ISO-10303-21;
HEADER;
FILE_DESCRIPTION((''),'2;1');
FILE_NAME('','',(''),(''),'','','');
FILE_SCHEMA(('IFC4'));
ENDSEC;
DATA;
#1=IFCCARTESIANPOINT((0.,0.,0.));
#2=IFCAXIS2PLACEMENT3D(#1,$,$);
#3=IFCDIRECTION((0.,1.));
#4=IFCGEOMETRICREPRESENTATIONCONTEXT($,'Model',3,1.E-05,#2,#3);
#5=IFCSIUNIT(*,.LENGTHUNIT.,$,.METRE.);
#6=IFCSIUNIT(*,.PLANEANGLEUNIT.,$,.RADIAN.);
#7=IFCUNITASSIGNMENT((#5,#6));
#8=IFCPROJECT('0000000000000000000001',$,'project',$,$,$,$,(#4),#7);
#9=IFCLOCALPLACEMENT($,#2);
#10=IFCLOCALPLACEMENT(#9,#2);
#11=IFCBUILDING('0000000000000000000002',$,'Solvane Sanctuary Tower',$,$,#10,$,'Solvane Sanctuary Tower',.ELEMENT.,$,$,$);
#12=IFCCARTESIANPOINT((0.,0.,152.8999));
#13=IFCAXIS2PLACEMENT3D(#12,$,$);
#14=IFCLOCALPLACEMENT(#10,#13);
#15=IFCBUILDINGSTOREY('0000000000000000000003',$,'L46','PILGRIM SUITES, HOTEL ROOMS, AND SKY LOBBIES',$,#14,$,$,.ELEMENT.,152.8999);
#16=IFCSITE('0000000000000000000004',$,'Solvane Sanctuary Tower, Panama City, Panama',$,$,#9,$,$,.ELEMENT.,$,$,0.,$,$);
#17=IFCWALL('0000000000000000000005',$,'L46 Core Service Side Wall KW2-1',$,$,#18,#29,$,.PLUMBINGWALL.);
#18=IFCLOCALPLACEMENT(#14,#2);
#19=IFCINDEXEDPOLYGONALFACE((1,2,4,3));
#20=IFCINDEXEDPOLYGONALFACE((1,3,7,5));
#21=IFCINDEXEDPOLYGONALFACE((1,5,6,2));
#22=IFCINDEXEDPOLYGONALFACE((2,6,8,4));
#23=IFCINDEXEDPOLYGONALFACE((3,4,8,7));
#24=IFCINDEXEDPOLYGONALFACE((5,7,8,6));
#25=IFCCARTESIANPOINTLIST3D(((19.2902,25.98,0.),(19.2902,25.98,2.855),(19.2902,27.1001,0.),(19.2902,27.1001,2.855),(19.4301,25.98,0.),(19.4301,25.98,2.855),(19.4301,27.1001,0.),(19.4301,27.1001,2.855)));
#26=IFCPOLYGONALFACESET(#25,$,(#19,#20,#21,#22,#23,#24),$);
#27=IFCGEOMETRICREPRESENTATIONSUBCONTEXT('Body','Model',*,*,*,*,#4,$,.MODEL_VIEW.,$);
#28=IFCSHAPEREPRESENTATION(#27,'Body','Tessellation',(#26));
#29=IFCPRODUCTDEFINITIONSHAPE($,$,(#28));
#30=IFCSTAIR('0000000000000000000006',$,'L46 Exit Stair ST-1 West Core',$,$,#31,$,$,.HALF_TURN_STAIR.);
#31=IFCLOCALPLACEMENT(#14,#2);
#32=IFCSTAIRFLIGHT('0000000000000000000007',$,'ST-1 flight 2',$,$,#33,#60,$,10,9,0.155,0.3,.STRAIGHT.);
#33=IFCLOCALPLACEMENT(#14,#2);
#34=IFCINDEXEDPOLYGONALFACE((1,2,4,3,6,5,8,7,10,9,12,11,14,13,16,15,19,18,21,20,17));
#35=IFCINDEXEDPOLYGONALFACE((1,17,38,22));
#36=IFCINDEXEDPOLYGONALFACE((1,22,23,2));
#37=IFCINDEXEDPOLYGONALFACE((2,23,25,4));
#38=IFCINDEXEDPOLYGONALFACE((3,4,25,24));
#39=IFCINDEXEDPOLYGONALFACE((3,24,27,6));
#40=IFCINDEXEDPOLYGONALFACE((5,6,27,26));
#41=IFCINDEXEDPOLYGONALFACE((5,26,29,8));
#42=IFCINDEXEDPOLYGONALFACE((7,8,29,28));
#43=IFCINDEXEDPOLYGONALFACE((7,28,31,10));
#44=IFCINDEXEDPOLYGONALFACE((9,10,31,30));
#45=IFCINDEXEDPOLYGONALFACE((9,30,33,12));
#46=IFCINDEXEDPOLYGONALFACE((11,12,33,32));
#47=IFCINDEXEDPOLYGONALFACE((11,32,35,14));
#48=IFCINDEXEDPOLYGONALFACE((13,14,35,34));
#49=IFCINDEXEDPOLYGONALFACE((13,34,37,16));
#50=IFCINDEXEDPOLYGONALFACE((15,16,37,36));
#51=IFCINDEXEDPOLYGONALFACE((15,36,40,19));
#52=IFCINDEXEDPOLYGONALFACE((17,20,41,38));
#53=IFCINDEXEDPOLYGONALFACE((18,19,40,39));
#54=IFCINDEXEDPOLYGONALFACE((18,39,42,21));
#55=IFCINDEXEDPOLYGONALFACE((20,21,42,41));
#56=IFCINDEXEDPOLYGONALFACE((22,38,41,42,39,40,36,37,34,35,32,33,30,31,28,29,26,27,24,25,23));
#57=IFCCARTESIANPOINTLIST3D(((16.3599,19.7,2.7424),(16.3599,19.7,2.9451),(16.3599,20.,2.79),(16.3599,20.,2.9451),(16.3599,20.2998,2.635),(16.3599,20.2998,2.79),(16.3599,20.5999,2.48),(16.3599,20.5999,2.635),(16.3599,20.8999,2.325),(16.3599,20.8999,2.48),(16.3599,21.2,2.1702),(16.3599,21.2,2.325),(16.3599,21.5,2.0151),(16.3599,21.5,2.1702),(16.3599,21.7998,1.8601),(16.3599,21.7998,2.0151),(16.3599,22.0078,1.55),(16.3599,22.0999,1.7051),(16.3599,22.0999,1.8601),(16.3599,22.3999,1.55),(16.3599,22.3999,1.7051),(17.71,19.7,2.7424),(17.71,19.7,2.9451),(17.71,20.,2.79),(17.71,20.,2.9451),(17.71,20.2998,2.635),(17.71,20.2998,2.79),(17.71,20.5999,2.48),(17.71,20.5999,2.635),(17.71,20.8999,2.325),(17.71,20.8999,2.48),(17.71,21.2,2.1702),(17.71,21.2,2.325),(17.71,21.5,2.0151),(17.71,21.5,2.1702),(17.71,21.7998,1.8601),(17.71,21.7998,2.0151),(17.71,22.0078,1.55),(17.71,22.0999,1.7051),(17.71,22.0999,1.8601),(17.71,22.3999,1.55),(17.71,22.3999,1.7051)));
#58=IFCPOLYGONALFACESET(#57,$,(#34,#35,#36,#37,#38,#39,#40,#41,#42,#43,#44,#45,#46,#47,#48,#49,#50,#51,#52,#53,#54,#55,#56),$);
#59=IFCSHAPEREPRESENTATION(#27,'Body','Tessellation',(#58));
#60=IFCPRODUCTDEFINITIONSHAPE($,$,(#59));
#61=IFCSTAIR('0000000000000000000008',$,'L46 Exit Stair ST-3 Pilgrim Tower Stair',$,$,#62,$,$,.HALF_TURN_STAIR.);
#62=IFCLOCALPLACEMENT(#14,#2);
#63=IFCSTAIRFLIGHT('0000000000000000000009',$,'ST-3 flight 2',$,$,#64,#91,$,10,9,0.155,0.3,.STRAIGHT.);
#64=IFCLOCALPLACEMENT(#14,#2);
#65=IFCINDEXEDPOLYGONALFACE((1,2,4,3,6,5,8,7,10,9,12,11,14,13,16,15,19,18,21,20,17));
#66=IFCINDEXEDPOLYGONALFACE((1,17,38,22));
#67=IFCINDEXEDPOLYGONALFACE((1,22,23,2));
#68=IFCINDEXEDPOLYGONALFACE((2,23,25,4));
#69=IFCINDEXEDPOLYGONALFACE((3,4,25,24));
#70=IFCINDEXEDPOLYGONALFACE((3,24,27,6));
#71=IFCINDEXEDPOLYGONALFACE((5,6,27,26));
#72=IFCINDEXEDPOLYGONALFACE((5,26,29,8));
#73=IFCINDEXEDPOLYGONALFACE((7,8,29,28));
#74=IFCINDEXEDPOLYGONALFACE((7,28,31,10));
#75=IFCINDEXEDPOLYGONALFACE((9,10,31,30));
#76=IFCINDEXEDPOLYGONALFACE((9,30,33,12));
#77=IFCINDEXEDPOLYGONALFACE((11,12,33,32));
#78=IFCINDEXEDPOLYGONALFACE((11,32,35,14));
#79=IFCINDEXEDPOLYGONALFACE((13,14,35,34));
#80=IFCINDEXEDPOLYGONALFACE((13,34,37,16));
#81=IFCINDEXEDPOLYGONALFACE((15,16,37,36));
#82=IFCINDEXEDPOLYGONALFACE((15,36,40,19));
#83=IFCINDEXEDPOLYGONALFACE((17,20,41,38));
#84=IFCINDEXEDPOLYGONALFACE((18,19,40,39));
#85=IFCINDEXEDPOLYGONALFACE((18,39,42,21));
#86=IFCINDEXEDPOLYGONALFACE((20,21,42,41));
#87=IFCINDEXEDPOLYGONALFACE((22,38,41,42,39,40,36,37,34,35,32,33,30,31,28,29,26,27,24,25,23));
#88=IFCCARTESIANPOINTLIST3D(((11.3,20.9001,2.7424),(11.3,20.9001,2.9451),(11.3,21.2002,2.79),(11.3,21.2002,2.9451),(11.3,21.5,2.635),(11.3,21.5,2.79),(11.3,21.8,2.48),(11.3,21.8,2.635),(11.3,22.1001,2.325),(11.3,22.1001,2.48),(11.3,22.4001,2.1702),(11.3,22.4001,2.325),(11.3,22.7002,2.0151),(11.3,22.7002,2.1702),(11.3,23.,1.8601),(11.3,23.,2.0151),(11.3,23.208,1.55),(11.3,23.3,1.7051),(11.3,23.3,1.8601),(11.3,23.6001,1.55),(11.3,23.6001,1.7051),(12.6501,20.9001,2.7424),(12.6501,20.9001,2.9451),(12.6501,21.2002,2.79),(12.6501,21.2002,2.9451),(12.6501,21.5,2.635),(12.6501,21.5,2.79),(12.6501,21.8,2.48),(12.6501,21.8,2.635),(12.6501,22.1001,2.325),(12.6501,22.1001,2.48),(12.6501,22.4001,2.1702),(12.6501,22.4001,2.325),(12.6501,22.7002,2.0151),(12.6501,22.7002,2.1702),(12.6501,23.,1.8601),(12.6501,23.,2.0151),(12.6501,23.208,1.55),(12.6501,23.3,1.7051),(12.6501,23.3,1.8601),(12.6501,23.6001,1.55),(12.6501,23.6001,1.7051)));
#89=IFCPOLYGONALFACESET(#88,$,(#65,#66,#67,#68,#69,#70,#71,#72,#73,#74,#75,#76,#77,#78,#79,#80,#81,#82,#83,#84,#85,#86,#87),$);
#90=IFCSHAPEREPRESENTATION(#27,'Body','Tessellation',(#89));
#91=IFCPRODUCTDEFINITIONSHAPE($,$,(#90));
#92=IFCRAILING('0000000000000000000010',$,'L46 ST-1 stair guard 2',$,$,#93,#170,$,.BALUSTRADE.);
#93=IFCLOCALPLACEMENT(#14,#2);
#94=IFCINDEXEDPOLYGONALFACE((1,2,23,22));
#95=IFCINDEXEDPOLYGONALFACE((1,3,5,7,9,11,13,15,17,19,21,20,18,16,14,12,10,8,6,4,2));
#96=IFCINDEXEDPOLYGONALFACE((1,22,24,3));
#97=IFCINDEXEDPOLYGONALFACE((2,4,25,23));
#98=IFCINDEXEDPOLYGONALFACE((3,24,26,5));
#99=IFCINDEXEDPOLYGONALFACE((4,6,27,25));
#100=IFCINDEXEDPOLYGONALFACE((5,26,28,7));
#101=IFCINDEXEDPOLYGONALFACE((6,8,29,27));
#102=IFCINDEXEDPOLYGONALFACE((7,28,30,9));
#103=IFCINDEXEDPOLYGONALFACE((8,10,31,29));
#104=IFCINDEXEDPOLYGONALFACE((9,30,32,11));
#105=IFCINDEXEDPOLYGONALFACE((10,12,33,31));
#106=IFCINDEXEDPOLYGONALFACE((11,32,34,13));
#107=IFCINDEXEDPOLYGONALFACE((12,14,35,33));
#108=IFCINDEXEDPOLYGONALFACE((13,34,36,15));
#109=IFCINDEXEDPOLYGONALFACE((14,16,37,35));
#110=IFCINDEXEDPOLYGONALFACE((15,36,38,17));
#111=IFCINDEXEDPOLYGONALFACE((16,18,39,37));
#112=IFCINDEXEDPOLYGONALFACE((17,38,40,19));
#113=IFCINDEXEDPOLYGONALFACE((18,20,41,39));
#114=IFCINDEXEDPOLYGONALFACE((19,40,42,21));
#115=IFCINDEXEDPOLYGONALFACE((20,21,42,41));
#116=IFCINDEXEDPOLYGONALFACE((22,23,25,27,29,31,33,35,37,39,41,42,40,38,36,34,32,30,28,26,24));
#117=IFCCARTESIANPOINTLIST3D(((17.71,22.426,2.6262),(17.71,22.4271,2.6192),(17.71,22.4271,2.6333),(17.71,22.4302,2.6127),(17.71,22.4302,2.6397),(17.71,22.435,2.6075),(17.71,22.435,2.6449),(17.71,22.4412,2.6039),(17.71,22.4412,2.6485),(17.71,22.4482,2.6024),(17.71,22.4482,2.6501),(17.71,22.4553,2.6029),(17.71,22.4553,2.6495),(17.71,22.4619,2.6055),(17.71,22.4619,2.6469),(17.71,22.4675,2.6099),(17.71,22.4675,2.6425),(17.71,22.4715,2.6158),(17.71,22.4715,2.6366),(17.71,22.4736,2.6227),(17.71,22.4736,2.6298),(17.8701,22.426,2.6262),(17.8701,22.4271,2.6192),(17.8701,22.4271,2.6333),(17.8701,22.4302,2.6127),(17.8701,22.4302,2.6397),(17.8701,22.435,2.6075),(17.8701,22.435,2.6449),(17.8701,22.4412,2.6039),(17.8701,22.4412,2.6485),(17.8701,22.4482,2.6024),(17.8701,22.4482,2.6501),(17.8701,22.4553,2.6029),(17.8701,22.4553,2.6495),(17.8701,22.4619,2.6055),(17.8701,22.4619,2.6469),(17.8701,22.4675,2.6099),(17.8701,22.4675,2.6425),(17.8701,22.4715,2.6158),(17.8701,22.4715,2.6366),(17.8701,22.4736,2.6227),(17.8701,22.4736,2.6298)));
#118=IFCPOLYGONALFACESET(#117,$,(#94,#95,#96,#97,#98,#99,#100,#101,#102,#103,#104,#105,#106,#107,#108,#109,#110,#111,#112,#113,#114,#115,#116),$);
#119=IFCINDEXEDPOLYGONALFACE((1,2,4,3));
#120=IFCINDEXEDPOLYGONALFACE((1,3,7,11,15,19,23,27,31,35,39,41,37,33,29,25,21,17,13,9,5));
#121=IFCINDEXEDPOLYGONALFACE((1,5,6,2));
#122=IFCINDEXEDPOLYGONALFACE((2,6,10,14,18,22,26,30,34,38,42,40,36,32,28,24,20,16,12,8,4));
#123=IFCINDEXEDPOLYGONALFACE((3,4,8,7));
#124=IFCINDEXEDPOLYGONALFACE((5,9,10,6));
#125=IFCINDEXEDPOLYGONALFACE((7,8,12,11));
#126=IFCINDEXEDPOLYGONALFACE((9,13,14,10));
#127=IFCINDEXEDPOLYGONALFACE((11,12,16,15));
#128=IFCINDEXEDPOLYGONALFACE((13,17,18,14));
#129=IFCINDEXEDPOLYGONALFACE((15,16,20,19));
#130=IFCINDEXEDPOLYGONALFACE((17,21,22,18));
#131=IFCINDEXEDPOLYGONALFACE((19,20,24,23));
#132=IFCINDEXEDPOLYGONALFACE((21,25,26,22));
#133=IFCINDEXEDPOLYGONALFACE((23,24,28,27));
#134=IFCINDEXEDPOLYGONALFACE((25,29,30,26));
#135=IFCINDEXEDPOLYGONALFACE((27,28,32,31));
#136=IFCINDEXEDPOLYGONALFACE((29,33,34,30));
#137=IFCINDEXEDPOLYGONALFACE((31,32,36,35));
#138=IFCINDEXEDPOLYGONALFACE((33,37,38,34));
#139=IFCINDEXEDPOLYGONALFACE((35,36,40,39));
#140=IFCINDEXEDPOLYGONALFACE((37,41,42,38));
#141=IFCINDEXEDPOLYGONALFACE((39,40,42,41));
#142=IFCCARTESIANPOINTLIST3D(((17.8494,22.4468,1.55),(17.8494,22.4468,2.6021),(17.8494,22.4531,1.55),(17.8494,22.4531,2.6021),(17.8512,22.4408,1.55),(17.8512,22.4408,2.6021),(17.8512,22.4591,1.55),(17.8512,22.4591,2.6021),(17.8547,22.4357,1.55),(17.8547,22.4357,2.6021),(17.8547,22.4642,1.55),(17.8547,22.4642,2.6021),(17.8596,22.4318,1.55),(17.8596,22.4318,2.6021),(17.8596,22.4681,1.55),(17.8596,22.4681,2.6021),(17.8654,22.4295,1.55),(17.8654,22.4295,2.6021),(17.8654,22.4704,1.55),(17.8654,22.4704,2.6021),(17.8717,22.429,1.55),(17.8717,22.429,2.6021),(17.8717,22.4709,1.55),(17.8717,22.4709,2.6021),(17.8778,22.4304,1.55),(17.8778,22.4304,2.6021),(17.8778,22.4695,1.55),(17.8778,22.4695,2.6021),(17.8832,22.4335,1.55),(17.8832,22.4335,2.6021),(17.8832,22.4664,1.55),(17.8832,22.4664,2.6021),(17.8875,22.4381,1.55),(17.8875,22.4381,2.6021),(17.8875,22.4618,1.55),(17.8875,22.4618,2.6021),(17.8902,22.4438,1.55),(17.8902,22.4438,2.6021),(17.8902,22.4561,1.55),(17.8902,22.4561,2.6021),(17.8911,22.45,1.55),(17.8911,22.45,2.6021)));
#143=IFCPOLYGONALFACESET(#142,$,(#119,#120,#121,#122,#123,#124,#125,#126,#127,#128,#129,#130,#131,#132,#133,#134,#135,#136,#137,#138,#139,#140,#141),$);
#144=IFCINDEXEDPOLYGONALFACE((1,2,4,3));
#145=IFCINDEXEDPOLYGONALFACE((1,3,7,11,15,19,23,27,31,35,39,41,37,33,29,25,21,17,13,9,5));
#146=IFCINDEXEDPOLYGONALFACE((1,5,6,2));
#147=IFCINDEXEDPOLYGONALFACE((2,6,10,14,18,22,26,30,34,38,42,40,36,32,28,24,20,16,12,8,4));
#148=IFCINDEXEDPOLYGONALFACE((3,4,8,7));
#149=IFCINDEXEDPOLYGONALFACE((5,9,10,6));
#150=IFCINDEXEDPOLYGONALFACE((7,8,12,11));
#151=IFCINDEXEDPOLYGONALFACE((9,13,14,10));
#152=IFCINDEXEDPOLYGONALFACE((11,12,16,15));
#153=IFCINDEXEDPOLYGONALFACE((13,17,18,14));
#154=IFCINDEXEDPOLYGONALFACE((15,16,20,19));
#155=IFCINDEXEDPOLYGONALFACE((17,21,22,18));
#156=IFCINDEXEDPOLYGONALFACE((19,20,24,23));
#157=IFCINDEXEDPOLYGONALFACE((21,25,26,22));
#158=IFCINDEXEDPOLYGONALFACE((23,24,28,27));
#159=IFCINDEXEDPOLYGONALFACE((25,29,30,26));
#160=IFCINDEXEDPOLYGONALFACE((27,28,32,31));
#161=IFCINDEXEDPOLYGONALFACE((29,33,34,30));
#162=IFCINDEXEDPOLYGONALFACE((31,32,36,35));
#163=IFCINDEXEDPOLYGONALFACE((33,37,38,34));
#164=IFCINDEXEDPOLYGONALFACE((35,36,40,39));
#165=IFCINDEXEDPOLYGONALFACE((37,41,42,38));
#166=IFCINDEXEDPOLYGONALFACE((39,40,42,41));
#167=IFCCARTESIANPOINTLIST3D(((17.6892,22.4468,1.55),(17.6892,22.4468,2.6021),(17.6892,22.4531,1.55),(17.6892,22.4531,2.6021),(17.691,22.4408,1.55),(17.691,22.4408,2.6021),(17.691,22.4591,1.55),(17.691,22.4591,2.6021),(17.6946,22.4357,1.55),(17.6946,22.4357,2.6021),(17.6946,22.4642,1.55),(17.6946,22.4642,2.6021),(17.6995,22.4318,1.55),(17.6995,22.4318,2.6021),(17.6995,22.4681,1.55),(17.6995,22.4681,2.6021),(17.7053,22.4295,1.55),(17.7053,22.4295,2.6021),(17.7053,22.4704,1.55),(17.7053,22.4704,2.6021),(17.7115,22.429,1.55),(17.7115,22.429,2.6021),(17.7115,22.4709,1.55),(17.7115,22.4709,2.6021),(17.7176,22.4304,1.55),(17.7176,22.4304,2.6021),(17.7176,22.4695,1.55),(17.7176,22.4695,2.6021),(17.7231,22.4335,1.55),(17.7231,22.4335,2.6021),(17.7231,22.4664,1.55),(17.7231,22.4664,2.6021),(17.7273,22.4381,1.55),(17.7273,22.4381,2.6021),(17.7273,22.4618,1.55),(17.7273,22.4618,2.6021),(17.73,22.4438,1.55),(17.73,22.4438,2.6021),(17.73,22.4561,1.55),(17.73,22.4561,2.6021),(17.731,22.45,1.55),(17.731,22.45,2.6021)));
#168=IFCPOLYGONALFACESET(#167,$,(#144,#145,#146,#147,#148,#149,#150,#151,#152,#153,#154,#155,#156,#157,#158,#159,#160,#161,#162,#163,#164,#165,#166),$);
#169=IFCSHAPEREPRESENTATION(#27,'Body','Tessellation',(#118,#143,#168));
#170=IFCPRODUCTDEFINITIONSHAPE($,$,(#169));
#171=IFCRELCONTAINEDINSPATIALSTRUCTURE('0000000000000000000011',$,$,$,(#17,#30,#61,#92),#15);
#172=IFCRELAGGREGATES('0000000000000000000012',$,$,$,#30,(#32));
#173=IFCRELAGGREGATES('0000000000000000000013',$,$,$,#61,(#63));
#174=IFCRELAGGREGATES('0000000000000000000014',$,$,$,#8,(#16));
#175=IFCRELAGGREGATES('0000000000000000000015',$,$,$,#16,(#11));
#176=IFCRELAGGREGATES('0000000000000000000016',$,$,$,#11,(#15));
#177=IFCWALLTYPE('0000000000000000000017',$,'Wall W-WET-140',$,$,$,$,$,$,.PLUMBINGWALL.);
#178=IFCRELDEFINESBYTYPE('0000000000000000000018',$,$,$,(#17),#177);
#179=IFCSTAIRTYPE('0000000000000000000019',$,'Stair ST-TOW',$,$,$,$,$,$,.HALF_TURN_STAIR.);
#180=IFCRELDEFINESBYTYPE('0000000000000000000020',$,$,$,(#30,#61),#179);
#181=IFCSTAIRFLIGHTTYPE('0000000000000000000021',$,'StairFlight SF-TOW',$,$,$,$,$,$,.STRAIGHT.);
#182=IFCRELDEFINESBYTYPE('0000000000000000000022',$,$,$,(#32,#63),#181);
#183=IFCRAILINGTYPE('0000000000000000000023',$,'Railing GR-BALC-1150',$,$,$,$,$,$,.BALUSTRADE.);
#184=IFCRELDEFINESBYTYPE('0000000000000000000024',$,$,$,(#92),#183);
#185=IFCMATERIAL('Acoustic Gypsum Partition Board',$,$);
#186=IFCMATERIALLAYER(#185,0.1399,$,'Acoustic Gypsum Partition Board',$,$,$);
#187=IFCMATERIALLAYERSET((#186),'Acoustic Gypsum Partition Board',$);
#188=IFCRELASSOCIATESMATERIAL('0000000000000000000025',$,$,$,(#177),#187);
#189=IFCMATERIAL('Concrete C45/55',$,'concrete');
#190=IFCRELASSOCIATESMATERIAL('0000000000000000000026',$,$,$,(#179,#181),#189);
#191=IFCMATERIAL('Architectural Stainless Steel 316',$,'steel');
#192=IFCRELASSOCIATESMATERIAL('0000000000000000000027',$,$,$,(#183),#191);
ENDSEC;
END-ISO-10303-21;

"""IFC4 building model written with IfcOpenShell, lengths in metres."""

from ifc_helpers import new_model, si_unit, direction, frame, frame_2d, origin, origin_2d, place, context, subcontext, project, spatial, polyline, rectangle, circle, outline, extrude, material, layer, layer_set, type_object, element, aggregate, save


model = new_model("IFC4")

# Units and contexts
model_context = context("Model", 3, precision=1e-05, world=origin(), true_north=direction((0.0, 1.0)))
body_context = subcontext(model_context, "Body", "Model", "MODEL_VIEW")
ifc_project = project(units=[si_unit("LENGTHUNIT", "METRE"), si_unit("PLANEANGLEUNIT", "RADIAN")], contexts=[model_context])

# Site, building, storey
site_placement = place(None, origin())
site = spatial("IfcSite", under=ifc_project, at=site_placement, Name="Solvane Sanctuary Tower, Panama City, Panama", CompositionType="ELEMENT", RefElevation=0.0)
building_placement = place(site_placement, origin())
building = spatial("IfcBuilding", under=site, at=building_placement, Name="Solvane Sanctuary Tower", LongName="Solvane Sanctuary Tower", CompositionType="ELEMENT")
storey_placement = place(building_placement, frame((0.0, 0.0, 152.8999)))
storey = spatial("IfcBuildingStorey", under=building, at=storey_placement, Name="L46", Description="PILGRIM SUITES, HOTEL ROOMS, AND SKY LOBBIES", CompositionType="ELEMENT", Elevation=152.8999)

# Shared definitions
ifc_material_1 = material(Name="Acoustic Gypsum Partition Board")

# Shared definitions
ifc_material_2 = material(Name="Architectural Stainless Steel 316", Category="steel")

# Wall
ifc_layer_1 = layer(ifc_material_1, 0.1399, Name="Acoustic Gypsum Partition Board")
ifc_layer_set_1 = layer_set([ifc_layer_1], Name="Acoustic Gypsum Partition Board")
wall_type_1 = type_object("IfcWallType", Name="Wall W-WET-140", PredefinedType="PLUMBINGWALL", material=ifc_layer_set_1)
wall_1_placement = place(storey_placement, frame((19.3601, 25.98, 0.0), z_axis=(0.0, 0.0, 1.0), x_axis=(0.0, 1.0, 0.0)))
element("IfcWall", 1, at=wall_1_placement, inside=storey, type_object=wall_type_1, Name="L46 Core Service Side Wall KW2-1", PredefinedType="PLUMBINGWALL", context=body_context, shape_type="SweptSolid", body=[
    extrude(rectangle(XDim=1.1201, YDim=0.1399, at=frame_2d((0.5601, 0.0))), origin(), (0.0, 0.0, 1.0), 2.855),
])

# Stairs, stair flights
ifc_material_3 = material(Name="Concrete C45/55", Category="concrete")
stair_type = type_object("IfcStairType", Name="Stair ST-TOW", PredefinedType="HALF_TURN_STAIR", material=ifc_material_3)
stair_1_placement = place(storey_placement, origin())
stair_1 = element("IfcStair", 2, at=stair_1_placement, inside=storey, type_object=stair_type, Name="L46 Exit Stair ST-1 West Core", PredefinedType="HALF_TURN_STAIR")
stair_flight_type = type_object("IfcStairFlightType", Name="StairFlight SF-TOW", PredefinedType="STRAIGHT", material=ifc_material_3)
stair_flight_1_placement = place(storey_placement, frame((17.0349, 22.3999, 1.55), z_axis=(0.0, 0.0, 1.0), x_axis=(0.0, -1.0, 0.0)))
stair_flight_1 = element("IfcStairFlight", 3, at=stair_flight_1_placement, type_object=stair_flight_type, Name="ST-1 flight 2", NumberOfRisers=10, NumberOfTreads=9, PredefinedType="STRAIGHT", RiserHeight=0.155, TreadLength=0.3, context=body_context, shape_type="SweptSolid", body=[
    extrude(outline(polyline([(0.0, 0.0), (0.0, 0.155), (0.3, 0.155), (0.3, 0.3101), (0.6001, 0.3101), (0.6001, 0.4651), (0.8999, 0.4651), (0.8999, 0.6201), (1.2, 0.6201), (1.2, 0.7749), (1.5, 0.7749), (1.5, 0.9299), (1.8, 0.9299), (1.8, 1.085), (2.1001, 1.085), (2.1001, 1.24), (2.3999, 1.24), (2.3999, 1.395), (2.7, 1.395), (2.7, 1.55), (2.7, 1.1924), (0.3921, 0.0), (0.0, 0.0)])), frame((0.0, 0.675, 0.0), z_axis=(0.0, -1.0, 0.0), x_axis=(1.0, 0.0, 0.0)), (0.0, 0.0, 1.0), 1.3501),
])
aggregate(stair_1, [stair_flight_1])
stair_2_placement = place(storey_placement, origin())
stair_2 = element("IfcStair", 4, at=stair_2_placement, inside=storey, type_object=stair_type, Name="L46 Exit Stair ST-3 Pilgrim Tower Stair", PredefinedType="HALF_TURN_STAIR")
stair_flight_2_placement = place(storey_placement, frame((11.9751, 23.6001, 1.55), z_axis=(0.0, 0.0, 1.0), x_axis=(0.0, -1.0, 0.0)))
stair_flight_2 = element("IfcStairFlight", 5, at=stair_flight_2_placement, type_object=stair_flight_type, Name="ST-3 flight 2", NumberOfRisers=10, NumberOfTreads=9, PredefinedType="STRAIGHT", RiserHeight=0.155, TreadLength=0.3, context=body_context, shape_type="SweptSolid", body=[
    extrude(outline(polyline([(0.0, 0.0), (0.0, 0.155), (0.3, 0.155), (0.3, 0.3101), (0.6001, 0.3101), (0.6001, 0.4651), (0.8999, 0.4651), (0.8999, 0.6201), (1.2, 0.6201), (1.2, 0.7749), (1.5, 0.7749), (1.5, 0.9299), (1.8, 0.9299), (1.8, 1.085), (2.1001, 1.085), (2.1001, 1.24), (2.3999, 1.24), (2.3999, 1.395), (2.7, 1.395), (2.7, 1.55), (2.7, 1.1924), (0.3921, 0.0), (0.0, 0.0)])), frame((0.0, 0.675, 0.0), z_axis=(0.0, -1.0, 0.0), x_axis=(1.0, 0.0, 0.0)), (0.0, 0.0, 1.0), 1.3501),
])
aggregate(stair_2, [stair_flight_2])

# Railing
railing_type_1 = type_object("IfcRailingType", Name="Railing GR-BALC-1150", PredefinedType="BALUSTRADE", material=ifc_material_2)
railing_1_placement = place(storey_placement, frame((17.8701, 22.45, 1.55)))
element("IfcRailing", 6, at=railing_1_placement, inside=storey, type_object=railing_type_1, Name="L46 ST-1 stair guard 2", PredefinedType="BALUSTRADE", context=body_context, shape_type="SweptSolid", body=[
    extrude(circle(Radius=0.0239, at=origin_2d()), frame((0.0, 0.0, 1.0762), z_axis=(-1.0, 0.0, 0.0), x_axis=(0.0, -1.0, 0.0)), (0.0, 0.0, 1.0), 0.1602),
    extrude(circle(Radius=0.021, at=origin_2d()), origin(), (0.0, 0.0, 1.0), 1.052),
    extrude(circle(Radius=0.021, at=origin_2d()), frame((-0.1602, 0.0, 0.0)), (0.0, 0.0, 1.0), 1.052),
])

save(model, "model.ifc")
